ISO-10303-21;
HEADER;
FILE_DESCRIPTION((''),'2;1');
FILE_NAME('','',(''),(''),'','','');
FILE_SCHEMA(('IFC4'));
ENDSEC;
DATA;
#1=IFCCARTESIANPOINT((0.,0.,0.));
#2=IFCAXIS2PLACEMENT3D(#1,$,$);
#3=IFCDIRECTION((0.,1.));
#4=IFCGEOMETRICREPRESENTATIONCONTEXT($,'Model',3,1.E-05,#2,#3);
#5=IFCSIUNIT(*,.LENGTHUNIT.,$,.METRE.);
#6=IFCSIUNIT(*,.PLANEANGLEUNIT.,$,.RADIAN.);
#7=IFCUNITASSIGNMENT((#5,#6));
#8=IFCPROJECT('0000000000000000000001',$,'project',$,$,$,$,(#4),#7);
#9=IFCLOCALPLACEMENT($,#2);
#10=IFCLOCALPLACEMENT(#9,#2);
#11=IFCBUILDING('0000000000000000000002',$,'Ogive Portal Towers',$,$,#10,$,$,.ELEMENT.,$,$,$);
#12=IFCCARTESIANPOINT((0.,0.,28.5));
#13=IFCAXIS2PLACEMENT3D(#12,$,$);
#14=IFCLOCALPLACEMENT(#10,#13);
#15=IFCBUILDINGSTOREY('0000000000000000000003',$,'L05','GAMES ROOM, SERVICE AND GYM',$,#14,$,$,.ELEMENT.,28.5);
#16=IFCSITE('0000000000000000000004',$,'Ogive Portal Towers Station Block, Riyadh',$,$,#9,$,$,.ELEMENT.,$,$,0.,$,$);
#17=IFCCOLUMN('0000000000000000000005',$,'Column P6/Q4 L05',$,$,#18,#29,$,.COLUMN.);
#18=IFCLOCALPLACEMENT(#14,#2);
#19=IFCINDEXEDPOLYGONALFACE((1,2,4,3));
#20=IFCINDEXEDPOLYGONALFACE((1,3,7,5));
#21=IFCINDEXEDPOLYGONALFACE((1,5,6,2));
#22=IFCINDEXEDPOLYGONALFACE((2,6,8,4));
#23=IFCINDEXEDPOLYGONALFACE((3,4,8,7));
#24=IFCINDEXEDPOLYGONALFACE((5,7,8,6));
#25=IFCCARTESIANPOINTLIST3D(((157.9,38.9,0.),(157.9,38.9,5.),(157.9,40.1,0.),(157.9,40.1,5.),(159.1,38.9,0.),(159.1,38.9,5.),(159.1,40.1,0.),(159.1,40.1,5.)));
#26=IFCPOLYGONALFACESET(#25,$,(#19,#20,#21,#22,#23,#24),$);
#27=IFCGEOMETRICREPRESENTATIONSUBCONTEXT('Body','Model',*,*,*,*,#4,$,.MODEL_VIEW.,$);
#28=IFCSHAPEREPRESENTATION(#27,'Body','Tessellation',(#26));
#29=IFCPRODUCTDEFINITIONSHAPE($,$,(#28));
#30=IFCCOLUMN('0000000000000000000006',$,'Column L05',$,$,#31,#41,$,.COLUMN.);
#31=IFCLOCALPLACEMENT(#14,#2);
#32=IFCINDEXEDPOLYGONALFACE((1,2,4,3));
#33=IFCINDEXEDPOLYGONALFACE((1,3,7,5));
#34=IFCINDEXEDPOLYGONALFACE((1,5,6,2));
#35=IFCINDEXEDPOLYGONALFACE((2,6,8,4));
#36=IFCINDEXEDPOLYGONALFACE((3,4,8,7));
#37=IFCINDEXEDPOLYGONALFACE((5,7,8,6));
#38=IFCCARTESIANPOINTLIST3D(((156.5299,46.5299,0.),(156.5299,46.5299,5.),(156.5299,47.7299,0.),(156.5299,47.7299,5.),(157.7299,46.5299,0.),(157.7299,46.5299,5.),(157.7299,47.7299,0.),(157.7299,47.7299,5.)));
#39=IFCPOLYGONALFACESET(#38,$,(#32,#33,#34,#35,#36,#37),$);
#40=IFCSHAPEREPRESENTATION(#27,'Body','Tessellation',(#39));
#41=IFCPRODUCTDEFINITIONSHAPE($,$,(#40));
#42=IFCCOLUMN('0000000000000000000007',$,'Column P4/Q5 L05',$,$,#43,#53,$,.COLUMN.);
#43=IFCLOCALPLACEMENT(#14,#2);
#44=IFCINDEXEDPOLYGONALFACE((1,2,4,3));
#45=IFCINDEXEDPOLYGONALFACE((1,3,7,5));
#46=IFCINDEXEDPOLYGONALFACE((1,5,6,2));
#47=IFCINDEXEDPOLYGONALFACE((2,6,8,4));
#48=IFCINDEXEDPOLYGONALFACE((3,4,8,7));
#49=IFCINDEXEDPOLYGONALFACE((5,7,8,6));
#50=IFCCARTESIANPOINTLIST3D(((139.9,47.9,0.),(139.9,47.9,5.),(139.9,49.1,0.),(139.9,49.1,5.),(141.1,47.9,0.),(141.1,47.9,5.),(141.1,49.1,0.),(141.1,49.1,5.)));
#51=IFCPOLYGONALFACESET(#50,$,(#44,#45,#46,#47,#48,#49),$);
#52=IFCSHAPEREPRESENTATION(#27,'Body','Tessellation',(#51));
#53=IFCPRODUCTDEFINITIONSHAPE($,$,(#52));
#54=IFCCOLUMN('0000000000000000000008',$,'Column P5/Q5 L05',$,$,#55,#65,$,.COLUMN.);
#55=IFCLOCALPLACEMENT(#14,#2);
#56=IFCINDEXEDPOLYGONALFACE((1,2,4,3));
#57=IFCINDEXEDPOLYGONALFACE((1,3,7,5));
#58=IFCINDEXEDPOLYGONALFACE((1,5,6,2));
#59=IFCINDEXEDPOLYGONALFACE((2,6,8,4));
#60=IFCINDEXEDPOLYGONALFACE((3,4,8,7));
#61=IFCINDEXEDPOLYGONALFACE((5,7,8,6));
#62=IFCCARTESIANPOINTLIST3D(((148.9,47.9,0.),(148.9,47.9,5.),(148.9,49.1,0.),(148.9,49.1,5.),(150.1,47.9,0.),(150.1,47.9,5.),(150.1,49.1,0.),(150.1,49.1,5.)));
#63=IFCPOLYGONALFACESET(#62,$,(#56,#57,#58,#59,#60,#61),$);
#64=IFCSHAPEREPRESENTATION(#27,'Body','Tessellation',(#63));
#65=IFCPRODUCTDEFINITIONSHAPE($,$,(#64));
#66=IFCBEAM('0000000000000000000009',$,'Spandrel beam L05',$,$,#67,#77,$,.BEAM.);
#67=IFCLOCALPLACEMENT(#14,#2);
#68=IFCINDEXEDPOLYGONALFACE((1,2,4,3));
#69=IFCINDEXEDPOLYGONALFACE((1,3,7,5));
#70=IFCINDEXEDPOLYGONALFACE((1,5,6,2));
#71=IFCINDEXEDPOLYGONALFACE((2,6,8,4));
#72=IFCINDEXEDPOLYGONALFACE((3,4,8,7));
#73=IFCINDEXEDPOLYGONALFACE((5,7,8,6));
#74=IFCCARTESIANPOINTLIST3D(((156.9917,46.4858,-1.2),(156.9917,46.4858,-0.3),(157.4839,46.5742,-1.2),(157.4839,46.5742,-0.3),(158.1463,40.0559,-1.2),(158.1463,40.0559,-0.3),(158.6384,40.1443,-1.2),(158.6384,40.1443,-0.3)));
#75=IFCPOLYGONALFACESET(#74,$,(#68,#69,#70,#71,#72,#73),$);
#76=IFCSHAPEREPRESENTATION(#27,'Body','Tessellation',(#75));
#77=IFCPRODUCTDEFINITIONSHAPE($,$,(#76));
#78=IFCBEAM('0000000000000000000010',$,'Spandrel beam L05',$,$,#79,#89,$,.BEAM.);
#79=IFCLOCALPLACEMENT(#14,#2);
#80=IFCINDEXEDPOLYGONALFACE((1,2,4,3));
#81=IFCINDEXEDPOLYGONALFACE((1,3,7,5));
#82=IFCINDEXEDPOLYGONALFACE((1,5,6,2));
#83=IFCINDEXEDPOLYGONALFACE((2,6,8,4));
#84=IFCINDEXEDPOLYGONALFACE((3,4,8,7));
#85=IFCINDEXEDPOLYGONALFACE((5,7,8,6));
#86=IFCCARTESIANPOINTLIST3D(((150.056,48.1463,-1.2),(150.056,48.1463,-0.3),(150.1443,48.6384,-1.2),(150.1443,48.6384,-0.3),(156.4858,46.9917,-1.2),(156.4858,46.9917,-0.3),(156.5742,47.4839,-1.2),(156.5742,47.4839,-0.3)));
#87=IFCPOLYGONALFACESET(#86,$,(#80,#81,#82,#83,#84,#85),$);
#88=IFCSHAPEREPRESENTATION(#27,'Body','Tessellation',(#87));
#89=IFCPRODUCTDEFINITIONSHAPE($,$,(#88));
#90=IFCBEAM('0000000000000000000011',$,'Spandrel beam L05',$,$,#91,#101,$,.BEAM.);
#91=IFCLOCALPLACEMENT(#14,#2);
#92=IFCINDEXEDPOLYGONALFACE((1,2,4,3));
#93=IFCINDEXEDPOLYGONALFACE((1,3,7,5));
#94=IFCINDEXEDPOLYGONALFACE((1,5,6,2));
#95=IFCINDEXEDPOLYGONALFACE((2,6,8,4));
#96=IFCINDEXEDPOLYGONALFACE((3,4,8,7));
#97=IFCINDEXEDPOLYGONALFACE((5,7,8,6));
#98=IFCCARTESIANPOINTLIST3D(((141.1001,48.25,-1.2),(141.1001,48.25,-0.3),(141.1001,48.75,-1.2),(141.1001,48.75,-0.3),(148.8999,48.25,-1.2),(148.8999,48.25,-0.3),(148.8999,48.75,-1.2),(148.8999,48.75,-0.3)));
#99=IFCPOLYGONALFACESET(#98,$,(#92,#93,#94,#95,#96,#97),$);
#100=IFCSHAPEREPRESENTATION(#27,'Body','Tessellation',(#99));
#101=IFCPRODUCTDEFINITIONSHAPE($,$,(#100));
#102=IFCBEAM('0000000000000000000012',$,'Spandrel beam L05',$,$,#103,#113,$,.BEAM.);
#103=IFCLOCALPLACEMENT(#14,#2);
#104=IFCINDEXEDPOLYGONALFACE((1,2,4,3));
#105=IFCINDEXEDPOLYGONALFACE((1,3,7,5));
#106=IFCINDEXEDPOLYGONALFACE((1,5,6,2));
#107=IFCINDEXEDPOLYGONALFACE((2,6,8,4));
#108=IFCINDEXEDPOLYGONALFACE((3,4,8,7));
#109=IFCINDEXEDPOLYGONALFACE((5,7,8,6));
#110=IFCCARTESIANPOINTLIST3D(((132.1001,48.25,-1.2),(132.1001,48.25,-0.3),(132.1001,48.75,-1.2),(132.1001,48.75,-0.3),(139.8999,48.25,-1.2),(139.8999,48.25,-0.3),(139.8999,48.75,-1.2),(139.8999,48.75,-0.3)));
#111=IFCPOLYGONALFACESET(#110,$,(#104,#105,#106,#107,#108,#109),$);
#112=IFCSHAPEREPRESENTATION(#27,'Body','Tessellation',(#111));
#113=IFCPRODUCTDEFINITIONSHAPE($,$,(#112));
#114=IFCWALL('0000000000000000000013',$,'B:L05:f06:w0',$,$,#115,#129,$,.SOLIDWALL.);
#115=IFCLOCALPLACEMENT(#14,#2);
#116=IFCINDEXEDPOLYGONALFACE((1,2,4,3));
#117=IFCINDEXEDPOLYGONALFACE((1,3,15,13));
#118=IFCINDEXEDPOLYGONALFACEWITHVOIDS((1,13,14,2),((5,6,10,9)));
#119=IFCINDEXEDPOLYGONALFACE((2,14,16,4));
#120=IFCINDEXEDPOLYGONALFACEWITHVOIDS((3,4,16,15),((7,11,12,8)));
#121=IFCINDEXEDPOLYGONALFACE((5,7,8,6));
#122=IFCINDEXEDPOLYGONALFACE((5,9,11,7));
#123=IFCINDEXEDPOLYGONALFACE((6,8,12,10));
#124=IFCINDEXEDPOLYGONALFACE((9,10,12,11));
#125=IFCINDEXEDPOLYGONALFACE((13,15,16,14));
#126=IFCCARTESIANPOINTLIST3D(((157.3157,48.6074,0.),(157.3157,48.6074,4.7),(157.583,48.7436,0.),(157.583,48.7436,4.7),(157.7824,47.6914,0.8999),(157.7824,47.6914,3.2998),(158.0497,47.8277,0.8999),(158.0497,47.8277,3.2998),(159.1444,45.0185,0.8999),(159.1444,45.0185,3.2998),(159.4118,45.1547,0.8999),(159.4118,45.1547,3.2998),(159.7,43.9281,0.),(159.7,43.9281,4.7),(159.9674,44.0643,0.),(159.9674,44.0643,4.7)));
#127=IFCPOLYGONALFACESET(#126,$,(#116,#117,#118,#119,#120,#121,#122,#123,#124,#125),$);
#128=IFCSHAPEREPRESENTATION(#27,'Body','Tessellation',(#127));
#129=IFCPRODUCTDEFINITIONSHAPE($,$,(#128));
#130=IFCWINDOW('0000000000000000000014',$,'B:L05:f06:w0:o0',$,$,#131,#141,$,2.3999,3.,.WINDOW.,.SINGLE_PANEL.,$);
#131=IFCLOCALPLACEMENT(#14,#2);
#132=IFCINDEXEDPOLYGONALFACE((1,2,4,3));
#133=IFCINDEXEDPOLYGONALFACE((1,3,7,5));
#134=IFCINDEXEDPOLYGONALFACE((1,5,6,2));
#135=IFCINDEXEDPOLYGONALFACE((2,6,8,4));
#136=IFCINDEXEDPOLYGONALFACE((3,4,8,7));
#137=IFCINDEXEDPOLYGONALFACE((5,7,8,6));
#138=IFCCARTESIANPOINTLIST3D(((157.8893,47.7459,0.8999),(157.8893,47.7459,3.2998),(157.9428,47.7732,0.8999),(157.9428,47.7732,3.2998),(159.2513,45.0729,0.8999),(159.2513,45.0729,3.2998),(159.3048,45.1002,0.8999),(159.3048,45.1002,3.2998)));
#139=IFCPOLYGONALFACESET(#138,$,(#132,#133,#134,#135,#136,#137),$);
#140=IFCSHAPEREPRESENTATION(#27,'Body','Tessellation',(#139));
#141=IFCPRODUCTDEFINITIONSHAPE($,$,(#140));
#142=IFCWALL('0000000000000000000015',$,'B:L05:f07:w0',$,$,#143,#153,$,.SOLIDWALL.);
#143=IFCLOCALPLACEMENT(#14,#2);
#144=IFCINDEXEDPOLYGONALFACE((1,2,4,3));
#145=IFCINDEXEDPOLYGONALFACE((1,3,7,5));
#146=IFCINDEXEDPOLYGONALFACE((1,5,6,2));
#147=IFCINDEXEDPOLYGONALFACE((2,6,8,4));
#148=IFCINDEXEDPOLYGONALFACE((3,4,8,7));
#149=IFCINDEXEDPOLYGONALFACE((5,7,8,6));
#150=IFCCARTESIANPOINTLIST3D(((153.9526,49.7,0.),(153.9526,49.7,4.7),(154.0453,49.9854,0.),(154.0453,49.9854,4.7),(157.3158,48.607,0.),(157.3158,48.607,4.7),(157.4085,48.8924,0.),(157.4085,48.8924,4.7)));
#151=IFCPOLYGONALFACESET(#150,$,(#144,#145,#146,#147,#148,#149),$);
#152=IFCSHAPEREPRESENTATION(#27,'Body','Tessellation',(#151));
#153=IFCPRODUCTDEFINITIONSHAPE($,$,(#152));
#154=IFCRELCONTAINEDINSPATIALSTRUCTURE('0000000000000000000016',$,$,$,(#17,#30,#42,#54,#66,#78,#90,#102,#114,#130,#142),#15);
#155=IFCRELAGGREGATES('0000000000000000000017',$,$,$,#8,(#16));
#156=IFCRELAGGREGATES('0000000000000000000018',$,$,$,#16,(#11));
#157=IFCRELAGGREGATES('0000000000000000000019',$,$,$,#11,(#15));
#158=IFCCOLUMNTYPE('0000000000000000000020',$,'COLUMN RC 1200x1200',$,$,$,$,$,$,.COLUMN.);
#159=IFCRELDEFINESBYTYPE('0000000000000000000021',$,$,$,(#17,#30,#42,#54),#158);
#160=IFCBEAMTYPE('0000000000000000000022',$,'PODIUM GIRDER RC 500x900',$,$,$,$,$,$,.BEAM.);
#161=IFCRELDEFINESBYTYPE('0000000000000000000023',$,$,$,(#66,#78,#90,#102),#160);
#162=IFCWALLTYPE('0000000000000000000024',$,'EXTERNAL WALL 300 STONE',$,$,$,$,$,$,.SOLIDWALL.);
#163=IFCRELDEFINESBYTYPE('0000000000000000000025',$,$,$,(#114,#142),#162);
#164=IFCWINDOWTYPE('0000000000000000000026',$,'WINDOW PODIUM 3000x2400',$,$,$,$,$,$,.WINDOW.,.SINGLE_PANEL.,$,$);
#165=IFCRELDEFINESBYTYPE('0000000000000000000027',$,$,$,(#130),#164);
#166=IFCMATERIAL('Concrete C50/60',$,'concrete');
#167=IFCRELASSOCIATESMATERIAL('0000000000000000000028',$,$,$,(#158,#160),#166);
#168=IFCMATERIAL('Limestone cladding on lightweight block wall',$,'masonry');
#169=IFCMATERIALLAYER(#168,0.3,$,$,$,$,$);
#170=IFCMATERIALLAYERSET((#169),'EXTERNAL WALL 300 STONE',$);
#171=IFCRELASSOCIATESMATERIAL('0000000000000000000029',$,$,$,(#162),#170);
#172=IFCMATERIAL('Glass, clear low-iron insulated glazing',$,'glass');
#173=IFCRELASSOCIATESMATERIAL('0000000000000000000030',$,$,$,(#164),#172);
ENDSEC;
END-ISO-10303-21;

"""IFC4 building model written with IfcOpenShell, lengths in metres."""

from ifc_helpers import new_model, si_unit, direction, frame, frame_2d, origin, origin_2d, place, context, subcontext, project, spatial, rectangle, extrude, material, layer, layer_set, material_profile, profile_set, type_object, element, fill, save


model = new_model("IFC4")

# Units and contexts
model_context = context("Model", 3, precision=1e-05, world=origin(), true_north=direction((0.0, 1.0)))
body_context = subcontext(model_context, "Body", "Model", "MODEL_VIEW")
ifc_project = project(units=[si_unit("LENGTHUNIT", "METRE"), si_unit("PLANEANGLEUNIT", "RADIAN")], contexts=[model_context])

# Site, building, storey
site_placement = place(None, origin())
site = spatial("IfcSite", under=ifc_project, at=site_placement, Name="Ogive Portal Towers Station Block, Riyadh", CompositionType="ELEMENT", RefElevation=0.0)
building_placement = place(site_placement, origin())
building = spatial("IfcBuilding", under=site, at=building_placement, Name="Ogive Portal Towers", CompositionType="ELEMENT")
storey_placement = place(building_placement, frame((0.0, 0.0, 28.5)))
storey = spatial("IfcBuildingStorey", under=building, at=storey_placement, Name="L05", Description="GAMES ROOM, SERVICE AND GYM", CompositionType="ELEMENT", Elevation=28.5)

# Columns
ifc_material_1 = material(Name="Concrete C50/60", Category="concrete")
ifc_material_profile_1 = material_profile(ifc_material_1, rectangle(XDim=1.2, YDim=1.2, at=origin_2d()), Name="RC 1200x1200")
ifc_profile_set_1 = profile_set([ifc_material_profile_1], Name="Concrete C50/60")
column_type = type_object("IfcColumnType", Name="COLUMN RC 1200x1200", PredefinedType="COLUMN", material=ifc_profile_set_1)
for number, where, z_axis, x_axis, name in (
    (1, (158.5, 39.5, 0.0), (0.0, 0.0, 1.0), (1.0, 0.0, 0.0), "Column P6/Q4 L05"),
    (2, (157.1299, 47.1299, 0.0), (0.0, 0.0, 1.0), (1.0, 0.0, 0.0), "Column L05"),
    (3, (140.5, 48.5, 0.0), (0.0, 0.0, 1.0), (1.0, 0.0, 0.0), "Column P4/Q5 L05"),
    (4, (149.5, 48.5, 0.0), (0.0, 0.0, 1.0), (1.0, 0.0, 0.0), "Column P5/Q5 L05"),
):
    element("IfcColumn", number, at=place(storey_placement, frame(where, z_axis=z_axis, x_axis=x_axis)), inside=storey, type_object=column_type, Name=name, PredefinedType="COLUMN", context=body_context, shape_type="SweptSolid", body=[
        extrude(rectangle(XDim=1.2, YDim=1.2, at=origin_2d()), origin(), (0.0, 0.0, 1.0), 5.0),
    ])

# Beams
ifc_material_profile_2 = material_profile(ifc_material_1, rectangle(XDim=0.5, YDim=0.8999, at=origin_2d()), Name="RC 500x900")
ifc_profile_set_2 = profile_set([ifc_material_profile_2], Name="Concrete C50/60")
beam_type = type_object("IfcBeamType", Name="PODIUM GIRDER RC 500x900", PredefinedType="BEAM", material=ifc_profile_set_2)
for number, where, z_axis, x_axis, name in (
    (5, (158.3923, 40.1001, -0.75), (-0.176731, 0.984259, 0.0), (-0.984259, -0.176731, 0.0), "Spandrel beam L05"),
    (6, (156.53, 47.2378, -0.75), (-0.984259, 0.176731, 0.0), (-0.176731, -0.984259, 0.0), "Spandrel beam L05"),
):
    element("IfcBeam", number, at=place(storey_placement, frame(where, z_axis=z_axis, x_axis=x_axis)), inside=storey, type_object=beam_type, Name=name, PredefinedType="BEAM", context=body_context, shape_type="SweptSolid", body=[
        extrude(rectangle(XDim=0.5, YDim=0.8999, at=origin_2d()), origin(), (0.0, 0.0, 1.0), 6.5327),
    ])
for number, where, z_axis, x_axis, name in (
    (7, (148.8999, 48.5, -0.75), (-1.0, 0.0, 0.0), (0.0, -1.0, 0.0), "Spandrel beam L05"),
    (8, (139.8999, 48.5, -0.75), (-1.0, 0.0, 0.0), (0.0, -1.0, 0.0), "Spandrel beam L05"),
):
    element("IfcBeam", number, at=place(storey_placement, frame(where, z_axis=z_axis, x_axis=x_axis)), inside=storey, type_object=beam_type, Name=name, PredefinedType="BEAM", context=body_context, shape_type="SweptSolid", body=[
        extrude(rectangle(XDim=0.5, YDim=0.8999, at=origin_2d()), origin(), (0.0, 0.0, 1.0), 7.7998),
    ])

# Wall, opening, window
ifc_material_2 = material(Name="Limestone cladding on lightweight block wall", Category="masonry")
ifc_layer_1 = layer(ifc_material_2, 0.3)
ifc_layer_set_1 = layer_set([ifc_layer_1], Name="EXTERNAL WALL 300 STONE")
wall_type_1 = type_object("IfcWallType", Name="EXTERNAL WALL 300 STONE", PredefinedType="SOLIDWALL", material=ifc_layer_set_1)
wall_1_placement = place(storey_placement, frame((159.8337, 43.9961, 0.0), z_axis=(0.0, 0.0, 1.0), x_axis=(-0.454007, 0.890998, 0.0)))
wall_1 = element("IfcWall", 9, at=wall_1_placement, inside=storey, type_object=wall_type_1, Name="B:L05:f06:w0", PredefinedType="SOLIDWALL", context=body_context, shape_type="SweptSolid", body=[
    extrude(rectangle(XDim=5.2517, YDim=0.3, at=frame_2d((2.626, 0.0))), origin(), (0.0, 0.0, 1.0), 4.7),
])
opening_1_placement = place(wall_1_placement, frame((1.2239, 0.0, 0.8999)))
opening_1 = element("IfcOpeningElement", 10, at=opening_1_placement, cuts=wall_1, PredefinedType="OPENING", context=body_context, shape_type="SweptSolid", body=[
    extrude(rectangle(XDim=3.0, YDim=2.3999, at=frame_2d((1.5, 1.2))), frame((0.0, 0.1602, 0.0), z_axis=(0.0, -1.0, 0.0), x_axis=(1.0, 0.0, 0.0)), (0.0, 0.0, 1.0), 0.3201),
])
ifc_material_3 = material(Name="Glass, clear low-iron insulated glazing", Category="glass")
window_type = type_object("IfcWindowType", Name="WINDOW PODIUM 3000x2400", PartitioningType="SINGLE_PANEL", PredefinedType="WINDOW", material=ifc_material_3)
window_1_placement = place(opening_1_placement, origin())
window_1 = element("IfcWindow", 11, at=window_1_placement, inside=storey, type_object=window_type, Name="B:L05:f06:w0:o0", OverallHeight=2.3999, OverallWidth=3.0, PartitioningType="SINGLE_PANEL", PredefinedType="WINDOW", context=body_context, shape_type="SweptSolid", body=[
    extrude(rectangle(XDim=3.0, YDim=2.3999, at=frame_2d((1.5, 1.2))), frame((0.0, 0.03, 0.0), z_axis=(0.0, -1.0, 0.0), x_axis=(1.0, 0.0, 0.0)), (0.0, 0.0, 1.0), 0.0601),
])
fill(opening_1, window_1)

# Wall
wall_2_placement = place(storey_placement, frame((157.3621, 48.7498, 0.0), z_axis=(0.0, 0.0, 1.0), x_axis=(-0.951038, 0.309074, 0.0)))
element("IfcWall", 12, at=wall_2_placement, inside=storey, type_object=wall_type_1, Name="B:L05:f07:w0", PredefinedType="SOLIDWALL", context=body_context, shape_type="SweptSolid", body=[
    extrude(rectangle(XDim=3.5364, YDim=0.3, at=frame_2d((1.7681, 0.0))), origin(), (0.0, 0.0, 1.0), 4.7),
])

save(model, "model.ifc")
